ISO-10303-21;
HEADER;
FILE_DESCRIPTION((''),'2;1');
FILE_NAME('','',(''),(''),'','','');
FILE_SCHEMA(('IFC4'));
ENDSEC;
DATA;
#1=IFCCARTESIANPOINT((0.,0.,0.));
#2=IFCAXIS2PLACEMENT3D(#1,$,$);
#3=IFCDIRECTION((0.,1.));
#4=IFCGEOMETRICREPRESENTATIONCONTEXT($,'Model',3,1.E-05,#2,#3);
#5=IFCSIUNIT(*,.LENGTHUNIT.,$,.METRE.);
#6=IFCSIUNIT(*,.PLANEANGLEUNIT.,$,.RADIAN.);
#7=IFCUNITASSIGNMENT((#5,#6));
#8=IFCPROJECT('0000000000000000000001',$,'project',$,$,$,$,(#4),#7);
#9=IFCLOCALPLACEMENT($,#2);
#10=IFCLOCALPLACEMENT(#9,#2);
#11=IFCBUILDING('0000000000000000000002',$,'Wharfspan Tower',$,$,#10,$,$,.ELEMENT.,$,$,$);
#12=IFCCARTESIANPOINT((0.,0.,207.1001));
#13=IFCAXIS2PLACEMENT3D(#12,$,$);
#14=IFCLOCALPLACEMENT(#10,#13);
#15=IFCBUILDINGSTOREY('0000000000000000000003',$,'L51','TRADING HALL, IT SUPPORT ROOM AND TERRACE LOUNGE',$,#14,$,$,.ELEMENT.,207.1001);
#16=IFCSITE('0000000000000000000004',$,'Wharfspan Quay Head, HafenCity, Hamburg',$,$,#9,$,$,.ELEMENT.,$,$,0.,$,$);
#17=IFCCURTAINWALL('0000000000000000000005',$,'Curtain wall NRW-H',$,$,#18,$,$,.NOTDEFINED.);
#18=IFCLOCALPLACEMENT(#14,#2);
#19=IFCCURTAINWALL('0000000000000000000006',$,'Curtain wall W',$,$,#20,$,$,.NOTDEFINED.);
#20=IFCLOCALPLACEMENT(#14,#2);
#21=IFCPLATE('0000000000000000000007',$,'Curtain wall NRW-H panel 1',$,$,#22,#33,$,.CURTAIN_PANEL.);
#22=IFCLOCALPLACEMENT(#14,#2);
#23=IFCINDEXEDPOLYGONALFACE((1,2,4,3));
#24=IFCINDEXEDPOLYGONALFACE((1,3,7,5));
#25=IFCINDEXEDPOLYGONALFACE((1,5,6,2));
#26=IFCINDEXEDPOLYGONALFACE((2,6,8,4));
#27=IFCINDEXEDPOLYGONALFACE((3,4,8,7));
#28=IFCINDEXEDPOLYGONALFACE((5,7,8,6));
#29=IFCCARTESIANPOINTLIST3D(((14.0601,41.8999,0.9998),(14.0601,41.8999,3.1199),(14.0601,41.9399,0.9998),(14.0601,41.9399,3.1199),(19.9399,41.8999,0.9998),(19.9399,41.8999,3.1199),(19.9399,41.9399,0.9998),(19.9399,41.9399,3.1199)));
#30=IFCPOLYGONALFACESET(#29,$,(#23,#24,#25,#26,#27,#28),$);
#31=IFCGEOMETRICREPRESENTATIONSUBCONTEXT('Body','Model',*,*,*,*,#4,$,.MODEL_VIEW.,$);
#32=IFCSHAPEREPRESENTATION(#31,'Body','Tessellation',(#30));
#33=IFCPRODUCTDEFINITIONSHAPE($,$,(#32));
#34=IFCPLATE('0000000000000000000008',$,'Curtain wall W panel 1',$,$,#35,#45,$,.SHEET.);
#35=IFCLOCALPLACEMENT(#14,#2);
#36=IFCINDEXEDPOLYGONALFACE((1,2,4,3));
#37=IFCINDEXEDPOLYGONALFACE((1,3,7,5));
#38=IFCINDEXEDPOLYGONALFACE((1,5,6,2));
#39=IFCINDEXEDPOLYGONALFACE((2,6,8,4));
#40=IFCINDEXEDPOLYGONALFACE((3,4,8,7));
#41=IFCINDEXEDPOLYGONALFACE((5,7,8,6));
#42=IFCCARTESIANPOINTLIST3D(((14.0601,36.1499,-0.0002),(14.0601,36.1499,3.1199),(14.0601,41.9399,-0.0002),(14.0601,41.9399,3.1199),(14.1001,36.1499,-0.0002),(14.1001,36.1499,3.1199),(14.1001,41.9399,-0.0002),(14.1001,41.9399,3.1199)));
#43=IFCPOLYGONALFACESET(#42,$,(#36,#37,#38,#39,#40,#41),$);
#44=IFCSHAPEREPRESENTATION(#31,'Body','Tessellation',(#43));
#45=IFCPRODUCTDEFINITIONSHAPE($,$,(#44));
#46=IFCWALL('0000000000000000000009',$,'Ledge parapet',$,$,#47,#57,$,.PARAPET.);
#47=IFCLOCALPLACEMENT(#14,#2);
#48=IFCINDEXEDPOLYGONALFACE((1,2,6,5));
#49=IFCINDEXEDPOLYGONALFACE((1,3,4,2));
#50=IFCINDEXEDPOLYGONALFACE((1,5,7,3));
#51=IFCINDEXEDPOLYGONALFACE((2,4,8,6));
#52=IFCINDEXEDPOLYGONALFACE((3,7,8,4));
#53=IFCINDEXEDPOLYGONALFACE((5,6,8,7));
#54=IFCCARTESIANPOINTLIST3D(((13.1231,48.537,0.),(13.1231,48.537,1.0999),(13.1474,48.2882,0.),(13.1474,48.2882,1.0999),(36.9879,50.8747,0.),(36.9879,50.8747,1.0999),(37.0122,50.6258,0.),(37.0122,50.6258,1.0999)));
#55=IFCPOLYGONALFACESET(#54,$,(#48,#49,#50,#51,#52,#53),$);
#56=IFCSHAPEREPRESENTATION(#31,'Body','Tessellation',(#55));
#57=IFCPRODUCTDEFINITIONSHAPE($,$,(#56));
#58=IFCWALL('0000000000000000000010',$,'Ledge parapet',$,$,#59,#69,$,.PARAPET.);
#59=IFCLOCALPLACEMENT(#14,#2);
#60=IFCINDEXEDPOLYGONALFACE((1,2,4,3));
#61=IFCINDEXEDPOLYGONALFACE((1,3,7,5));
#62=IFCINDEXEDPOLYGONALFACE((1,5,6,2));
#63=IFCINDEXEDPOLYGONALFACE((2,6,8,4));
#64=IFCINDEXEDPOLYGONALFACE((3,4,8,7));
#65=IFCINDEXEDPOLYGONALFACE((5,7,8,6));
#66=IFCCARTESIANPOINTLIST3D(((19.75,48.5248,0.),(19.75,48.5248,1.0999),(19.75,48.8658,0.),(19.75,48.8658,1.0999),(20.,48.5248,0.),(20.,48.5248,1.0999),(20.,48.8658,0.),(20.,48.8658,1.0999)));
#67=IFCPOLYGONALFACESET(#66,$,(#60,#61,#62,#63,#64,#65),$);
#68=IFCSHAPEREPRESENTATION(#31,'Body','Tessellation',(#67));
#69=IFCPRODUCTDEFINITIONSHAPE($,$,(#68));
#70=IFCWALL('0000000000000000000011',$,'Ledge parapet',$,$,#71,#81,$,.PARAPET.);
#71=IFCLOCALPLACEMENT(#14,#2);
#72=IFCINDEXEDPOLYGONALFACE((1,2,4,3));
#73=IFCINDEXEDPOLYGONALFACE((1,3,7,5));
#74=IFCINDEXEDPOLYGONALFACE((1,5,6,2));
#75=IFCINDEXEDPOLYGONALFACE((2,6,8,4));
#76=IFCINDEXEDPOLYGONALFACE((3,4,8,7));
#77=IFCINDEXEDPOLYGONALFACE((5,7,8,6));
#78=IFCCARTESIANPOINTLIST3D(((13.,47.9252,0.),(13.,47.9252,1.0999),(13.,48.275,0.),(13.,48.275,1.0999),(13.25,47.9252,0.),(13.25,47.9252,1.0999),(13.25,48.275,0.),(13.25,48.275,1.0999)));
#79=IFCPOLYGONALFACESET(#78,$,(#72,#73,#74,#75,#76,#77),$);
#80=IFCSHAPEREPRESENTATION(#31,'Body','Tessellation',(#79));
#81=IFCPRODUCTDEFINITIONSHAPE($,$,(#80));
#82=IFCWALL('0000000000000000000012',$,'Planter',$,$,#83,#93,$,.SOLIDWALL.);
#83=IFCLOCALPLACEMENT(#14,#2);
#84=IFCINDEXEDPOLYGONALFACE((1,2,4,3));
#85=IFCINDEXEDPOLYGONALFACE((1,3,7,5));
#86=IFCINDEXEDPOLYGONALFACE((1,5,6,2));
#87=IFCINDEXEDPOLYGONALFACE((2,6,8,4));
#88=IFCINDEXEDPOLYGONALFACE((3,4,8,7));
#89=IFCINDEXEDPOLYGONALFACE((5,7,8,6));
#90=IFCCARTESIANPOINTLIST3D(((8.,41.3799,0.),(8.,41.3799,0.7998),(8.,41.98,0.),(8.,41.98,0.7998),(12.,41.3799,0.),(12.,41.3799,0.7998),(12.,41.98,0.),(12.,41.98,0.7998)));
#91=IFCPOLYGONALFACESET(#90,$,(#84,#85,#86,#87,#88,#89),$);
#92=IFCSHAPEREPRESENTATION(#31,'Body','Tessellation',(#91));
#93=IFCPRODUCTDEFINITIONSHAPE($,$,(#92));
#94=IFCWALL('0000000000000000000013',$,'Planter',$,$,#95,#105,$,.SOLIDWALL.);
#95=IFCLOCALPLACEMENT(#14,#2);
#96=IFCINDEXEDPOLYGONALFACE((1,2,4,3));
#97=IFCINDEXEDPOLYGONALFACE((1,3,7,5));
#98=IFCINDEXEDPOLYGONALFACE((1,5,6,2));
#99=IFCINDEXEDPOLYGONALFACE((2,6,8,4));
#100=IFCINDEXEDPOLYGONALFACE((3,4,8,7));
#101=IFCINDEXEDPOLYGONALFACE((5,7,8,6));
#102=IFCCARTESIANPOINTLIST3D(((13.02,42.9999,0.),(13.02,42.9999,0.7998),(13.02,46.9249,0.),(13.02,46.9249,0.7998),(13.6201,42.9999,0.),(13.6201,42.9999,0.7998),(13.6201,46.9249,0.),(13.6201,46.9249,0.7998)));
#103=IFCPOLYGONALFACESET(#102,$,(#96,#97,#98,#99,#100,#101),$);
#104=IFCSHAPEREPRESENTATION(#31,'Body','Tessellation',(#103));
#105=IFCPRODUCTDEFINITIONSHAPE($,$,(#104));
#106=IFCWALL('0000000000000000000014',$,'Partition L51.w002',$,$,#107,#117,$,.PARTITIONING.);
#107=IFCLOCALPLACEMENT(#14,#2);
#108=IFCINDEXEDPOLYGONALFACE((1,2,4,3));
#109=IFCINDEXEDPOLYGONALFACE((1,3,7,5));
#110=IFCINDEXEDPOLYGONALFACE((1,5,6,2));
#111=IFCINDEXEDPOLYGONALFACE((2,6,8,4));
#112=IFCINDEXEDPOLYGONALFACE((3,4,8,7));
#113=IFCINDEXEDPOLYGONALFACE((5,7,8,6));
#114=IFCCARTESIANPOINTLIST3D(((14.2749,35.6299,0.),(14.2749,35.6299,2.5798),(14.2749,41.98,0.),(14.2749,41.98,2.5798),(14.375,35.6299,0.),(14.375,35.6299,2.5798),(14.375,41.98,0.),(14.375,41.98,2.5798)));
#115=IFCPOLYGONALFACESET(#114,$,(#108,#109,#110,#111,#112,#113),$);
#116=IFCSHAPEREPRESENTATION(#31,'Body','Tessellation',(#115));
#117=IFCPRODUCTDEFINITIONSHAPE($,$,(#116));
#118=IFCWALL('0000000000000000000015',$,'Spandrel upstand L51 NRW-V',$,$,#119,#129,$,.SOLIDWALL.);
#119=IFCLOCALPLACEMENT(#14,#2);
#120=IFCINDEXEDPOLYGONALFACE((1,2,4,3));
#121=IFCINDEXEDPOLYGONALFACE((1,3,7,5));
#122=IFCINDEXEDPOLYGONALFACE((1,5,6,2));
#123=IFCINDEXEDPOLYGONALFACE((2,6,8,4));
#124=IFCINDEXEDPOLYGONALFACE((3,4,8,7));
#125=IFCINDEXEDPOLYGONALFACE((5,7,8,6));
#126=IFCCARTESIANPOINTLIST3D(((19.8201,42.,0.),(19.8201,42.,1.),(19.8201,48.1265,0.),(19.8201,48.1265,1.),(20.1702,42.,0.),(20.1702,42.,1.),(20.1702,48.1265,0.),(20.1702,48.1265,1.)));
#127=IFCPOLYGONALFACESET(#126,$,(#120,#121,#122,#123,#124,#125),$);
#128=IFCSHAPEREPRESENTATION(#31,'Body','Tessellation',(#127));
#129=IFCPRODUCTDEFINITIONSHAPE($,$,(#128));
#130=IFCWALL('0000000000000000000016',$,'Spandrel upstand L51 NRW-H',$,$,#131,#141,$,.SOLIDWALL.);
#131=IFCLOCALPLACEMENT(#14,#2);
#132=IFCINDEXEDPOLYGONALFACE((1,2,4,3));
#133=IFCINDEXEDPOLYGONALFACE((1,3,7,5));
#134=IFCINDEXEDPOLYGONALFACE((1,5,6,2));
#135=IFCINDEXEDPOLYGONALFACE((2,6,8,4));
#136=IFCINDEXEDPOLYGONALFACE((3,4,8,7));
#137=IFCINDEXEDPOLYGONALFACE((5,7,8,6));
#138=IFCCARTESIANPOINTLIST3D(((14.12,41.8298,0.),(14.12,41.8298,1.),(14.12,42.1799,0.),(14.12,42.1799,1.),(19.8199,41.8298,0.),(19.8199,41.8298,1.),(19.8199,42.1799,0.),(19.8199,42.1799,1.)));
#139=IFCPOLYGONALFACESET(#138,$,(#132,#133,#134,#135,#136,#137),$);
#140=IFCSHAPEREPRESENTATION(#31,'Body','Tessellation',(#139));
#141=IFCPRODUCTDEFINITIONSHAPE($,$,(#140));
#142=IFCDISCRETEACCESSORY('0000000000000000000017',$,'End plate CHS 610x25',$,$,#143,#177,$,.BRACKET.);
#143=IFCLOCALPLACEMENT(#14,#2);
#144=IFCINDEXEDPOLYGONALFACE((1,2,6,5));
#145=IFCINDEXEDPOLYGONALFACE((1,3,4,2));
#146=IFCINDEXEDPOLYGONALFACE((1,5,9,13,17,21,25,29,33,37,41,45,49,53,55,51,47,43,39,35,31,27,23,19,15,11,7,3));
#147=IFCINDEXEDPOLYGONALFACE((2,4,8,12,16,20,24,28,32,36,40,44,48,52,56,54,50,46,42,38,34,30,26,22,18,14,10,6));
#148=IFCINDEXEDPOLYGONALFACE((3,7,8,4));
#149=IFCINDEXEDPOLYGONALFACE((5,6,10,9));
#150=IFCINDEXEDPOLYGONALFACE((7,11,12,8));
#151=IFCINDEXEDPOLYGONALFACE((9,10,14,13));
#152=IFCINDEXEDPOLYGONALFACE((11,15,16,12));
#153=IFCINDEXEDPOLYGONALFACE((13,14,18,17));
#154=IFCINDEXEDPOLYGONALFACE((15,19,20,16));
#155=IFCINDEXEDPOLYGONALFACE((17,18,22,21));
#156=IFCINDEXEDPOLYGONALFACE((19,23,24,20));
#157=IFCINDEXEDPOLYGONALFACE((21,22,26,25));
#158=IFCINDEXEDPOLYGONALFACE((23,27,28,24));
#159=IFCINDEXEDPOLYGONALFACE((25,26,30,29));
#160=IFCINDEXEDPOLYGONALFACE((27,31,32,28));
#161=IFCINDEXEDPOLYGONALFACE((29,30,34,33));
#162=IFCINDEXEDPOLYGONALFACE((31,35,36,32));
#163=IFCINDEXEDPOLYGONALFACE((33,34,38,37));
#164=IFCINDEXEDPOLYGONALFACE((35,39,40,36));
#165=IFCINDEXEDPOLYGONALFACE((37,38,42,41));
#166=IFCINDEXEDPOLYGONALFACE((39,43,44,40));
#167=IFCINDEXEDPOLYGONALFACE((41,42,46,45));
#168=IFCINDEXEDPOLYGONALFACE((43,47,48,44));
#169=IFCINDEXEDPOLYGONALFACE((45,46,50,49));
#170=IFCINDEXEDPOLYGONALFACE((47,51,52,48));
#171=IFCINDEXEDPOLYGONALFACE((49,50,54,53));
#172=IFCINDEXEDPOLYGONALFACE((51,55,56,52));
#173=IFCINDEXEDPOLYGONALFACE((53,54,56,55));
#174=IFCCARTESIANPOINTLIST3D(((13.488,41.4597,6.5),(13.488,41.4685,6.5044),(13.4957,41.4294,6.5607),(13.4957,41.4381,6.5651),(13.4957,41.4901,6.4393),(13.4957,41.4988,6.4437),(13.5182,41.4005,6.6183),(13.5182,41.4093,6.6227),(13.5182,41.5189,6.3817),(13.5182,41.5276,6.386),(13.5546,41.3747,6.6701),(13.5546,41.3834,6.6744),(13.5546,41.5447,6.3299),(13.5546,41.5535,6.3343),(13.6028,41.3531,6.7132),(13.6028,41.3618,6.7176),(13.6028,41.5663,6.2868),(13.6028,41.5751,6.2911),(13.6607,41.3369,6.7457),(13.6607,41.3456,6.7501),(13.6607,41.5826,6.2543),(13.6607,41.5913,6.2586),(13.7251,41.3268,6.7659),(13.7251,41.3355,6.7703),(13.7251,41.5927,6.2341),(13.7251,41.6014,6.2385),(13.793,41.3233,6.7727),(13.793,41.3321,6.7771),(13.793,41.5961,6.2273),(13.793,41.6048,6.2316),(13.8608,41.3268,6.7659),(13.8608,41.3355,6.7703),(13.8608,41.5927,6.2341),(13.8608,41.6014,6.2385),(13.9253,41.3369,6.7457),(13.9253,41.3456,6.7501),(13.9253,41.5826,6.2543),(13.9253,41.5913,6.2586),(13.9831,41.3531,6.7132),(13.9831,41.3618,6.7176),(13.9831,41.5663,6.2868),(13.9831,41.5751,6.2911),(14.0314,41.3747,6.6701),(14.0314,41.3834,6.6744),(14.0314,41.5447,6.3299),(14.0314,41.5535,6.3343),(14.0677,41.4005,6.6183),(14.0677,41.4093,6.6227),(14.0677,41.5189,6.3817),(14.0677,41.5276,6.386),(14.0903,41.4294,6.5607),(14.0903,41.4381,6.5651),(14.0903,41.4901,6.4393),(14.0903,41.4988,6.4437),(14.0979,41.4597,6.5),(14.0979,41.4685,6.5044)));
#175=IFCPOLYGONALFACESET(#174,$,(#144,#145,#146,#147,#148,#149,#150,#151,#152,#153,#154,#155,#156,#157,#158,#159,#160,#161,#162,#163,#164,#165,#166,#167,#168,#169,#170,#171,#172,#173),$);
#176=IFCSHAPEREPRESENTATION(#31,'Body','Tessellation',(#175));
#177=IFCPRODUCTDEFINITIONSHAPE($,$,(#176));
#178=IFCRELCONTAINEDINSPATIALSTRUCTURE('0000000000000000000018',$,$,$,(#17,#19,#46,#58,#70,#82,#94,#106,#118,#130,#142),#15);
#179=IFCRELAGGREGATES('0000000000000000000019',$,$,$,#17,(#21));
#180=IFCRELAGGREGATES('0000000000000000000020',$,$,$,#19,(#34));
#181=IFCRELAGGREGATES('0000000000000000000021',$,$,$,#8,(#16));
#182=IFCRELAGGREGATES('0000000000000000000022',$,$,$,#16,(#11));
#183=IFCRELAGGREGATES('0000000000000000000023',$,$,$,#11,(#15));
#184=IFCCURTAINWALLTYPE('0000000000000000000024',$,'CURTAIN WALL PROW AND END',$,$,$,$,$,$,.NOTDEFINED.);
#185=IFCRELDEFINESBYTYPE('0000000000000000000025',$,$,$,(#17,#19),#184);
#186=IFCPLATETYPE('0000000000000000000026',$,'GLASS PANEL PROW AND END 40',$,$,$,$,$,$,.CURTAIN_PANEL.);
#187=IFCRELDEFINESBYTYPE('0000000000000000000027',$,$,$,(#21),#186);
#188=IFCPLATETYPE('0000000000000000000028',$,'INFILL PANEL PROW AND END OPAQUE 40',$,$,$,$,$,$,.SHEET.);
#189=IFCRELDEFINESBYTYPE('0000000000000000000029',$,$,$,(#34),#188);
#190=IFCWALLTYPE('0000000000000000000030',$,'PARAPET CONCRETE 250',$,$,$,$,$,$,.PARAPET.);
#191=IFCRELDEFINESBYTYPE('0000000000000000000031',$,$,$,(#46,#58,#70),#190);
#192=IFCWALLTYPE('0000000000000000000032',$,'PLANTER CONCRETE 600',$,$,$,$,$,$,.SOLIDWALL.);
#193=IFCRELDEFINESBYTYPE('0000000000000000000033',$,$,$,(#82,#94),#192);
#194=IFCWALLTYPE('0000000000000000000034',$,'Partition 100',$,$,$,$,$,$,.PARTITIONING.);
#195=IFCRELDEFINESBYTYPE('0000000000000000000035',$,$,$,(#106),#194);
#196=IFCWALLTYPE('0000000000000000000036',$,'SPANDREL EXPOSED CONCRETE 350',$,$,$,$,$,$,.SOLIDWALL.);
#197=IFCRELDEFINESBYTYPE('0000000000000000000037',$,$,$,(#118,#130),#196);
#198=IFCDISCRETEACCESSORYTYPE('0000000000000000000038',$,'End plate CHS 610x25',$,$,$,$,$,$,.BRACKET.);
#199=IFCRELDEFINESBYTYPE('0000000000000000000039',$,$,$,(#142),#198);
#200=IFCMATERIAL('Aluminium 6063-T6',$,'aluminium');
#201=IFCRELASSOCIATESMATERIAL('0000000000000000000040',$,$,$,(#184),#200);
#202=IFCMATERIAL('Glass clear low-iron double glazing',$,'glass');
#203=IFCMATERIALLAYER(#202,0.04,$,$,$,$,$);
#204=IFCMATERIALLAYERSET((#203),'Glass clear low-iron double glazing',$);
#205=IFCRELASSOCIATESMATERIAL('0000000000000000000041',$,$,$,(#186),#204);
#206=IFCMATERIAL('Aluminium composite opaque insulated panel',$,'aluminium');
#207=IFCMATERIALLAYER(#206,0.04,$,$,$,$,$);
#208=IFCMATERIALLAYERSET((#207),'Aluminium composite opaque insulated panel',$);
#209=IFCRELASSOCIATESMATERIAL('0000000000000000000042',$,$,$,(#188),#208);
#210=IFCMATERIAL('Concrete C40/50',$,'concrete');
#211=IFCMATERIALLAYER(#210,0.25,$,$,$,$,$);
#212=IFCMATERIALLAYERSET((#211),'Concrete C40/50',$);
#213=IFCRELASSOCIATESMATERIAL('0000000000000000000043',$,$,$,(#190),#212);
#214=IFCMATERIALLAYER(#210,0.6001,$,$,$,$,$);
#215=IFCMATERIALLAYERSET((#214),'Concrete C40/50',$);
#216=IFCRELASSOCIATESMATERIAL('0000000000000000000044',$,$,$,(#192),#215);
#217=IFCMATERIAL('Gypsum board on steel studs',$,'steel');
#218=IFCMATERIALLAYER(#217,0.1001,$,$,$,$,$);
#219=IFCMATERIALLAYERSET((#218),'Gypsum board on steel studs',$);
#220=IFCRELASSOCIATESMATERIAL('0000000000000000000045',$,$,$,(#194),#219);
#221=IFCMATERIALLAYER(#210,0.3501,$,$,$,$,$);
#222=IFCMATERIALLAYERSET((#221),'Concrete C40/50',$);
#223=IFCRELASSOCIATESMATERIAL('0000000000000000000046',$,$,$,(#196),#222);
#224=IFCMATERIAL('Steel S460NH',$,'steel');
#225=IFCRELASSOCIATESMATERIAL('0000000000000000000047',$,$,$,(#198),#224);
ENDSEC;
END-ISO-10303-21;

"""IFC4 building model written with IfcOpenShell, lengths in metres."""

from ifc_helpers import new_model, si_unit, direction, frame, frame_2d, origin, origin_2d, place, context, subcontext, project, spatial, rectangle, circle, extrude, material, layer, layer_set, material_profile, profile_set, type_object, element, aggregate, save


model = new_model("IFC4")

# Units and contexts
model_context = context("Model", 3, precision=1e-05, world=origin(), true_north=direction((0.0, 1.0)))
body_context = subcontext(model_context, "Body", "Model", "MODEL_VIEW")
ifc_project = project(units=[si_unit("LENGTHUNIT", "METRE"), si_unit("PLANEANGLEUNIT", "RADIAN")], contexts=[model_context])

# Site, building, storey
site_placement = place(None, origin())
site = spatial("IfcSite", under=ifc_project, at=site_placement, Name="Wharfspan Quay Head, HafenCity, Hamburg", CompositionType="ELEMENT", RefElevation=0.0)
building_placement = place(site_placement, origin())
building = spatial("IfcBuilding", under=site, at=building_placement, Name="Wharfspan Tower", CompositionType="ELEMENT")
storey_placement = place(building_placement, frame((0.0, 0.0, 207.1001)))
storey = spatial("IfcBuildingStorey", under=building, at=storey_placement, Name="L51", Description="TRADING HALL, IT SUPPORT ROOM AND TERRACE LOUNGE", CompositionType="ELEMENT", Elevation=207.1001)

# Curtain walls
ifc_material_1 = material(Name="Aluminium 6063-T6", Category="aluminium")
curtain_wall_type = type_object("IfcCurtainWallType", Name="CURTAIN WALL PROW AND END", PredefinedType="NOTDEFINED", material=ifc_material_1)
curtain_wall_1_placement = place(storey_placement, origin())
curtain_wall_1 = element("IfcCurtainWall", 1, at=curtain_wall_1_placement, inside=storey, type_object=curtain_wall_type, Name="Curtain wall NRW-H", PredefinedType="NOTDEFINED")
curtain_wall_2_placement = place(storey_placement, origin())
curtain_wall_2 = element("IfcCurtainWall", 2, at=curtain_wall_2_placement, inside=storey, type_object=curtain_wall_type, Name="Curtain wall W", PredefinedType="NOTDEFINED")

# Plates
ifc_material_2 = material(Name="Glass clear low-iron double glazing", Category="glass")
ifc_layer_1 = layer(ifc_material_2, 0.04)
ifc_layer_set_1 = layer_set([ifc_layer_1], Name="Glass clear low-iron double glazing")
plate_type_1 = type_object("IfcPlateType", Name="GLASS PANEL PROW AND END 40", PredefinedType="CURTAIN_PANEL", material=ifc_layer_set_1)
plate_1_placement = place(storey_placement, frame((17.0, 41.9199, 0.9998), z_axis=(0.0, 0.0, 1.0), x_axis=(-1.0, 0.0, 0.0)))
plate_1 = element("IfcPlate", 3, at=plate_1_placement, type_object=plate_type_1, Name="Curtain wall NRW-H panel 1", PredefinedType="CURTAIN_PANEL", context=body_context, shape_type="SweptSolid", body=[
    extrude(rectangle(XDim=5.8799, YDim=0.04, at=origin_2d()), origin(), (0.0, 0.0, 1.0), 2.1201),
])
aggregate(curtain_wall_1, [plate_1])
ifc_material_3 = material(Name="Aluminium composite opaque insulated panel", Category="aluminium")
ifc_layer_2 = layer(ifc_material_3, 0.04)
ifc_layer_set_2 = layer_set([ifc_layer_2], Name="Aluminium composite opaque insulated panel")
plate_type_2 = type_object("IfcPlateType", Name="INFILL PANEL PROW AND END OPAQUE 40", PredefinedType="SHEET", material=ifc_layer_set_2)
plate_2_placement = place(storey_placement, frame((14.0801, 39.0449, -0.0002), z_axis=(0.0, 0.0, 1.0), x_axis=(0.0, -1.0, 0.0)))
plate_2 = element("IfcPlate", 4, at=plate_2_placement, type_object=plate_type_2, Name="Curtain wall W panel 1", PredefinedType="SHEET", context=body_context, shape_type="SweptSolid", body=[
    extrude(rectangle(XDim=5.79, YDim=0.04, at=origin_2d()), origin(), (0.0, 0.0, 1.0), 3.1201),
])
aggregate(curtain_wall_2, [plate_2])

# Walls
ifc_material_4 = material(Name="Concrete C40/50", Category="concrete")
ifc_layer_3 = layer(ifc_material_4, 0.25)
ifc_layer_set_3 = layer_set([ifc_layer_3], Name="Concrete C40/50")
wall_type_1 = type_object("IfcWallType", Name="PARAPET CONCRETE 250", PredefinedType="PARAPET", material=ifc_layer_set_3)
wall_1_placement = place(storey_placement, frame((13.1353, 48.4126, 0.0), z_axis=(0.0, 0.0, 1.0), x_axis=(0.995233, 0.097487, 0.0)))
element("IfcWall", 5, at=wall_1_placement, inside=storey, type_object=wall_type_1, Name="Ledge parapet", PredefinedType="PARAPET", context=body_context, shape_type="SweptSolid", body=[
    extrude(rectangle(XDim=23.979, YDim=0.25, at=frame_2d((11.9895, 0.0))), origin(), (0.0, 0.0, 1.0), 1.0999),
])
wall_2_placement = place(storey_placement, frame((19.875, 48.5249, 0.0), z_axis=(0.0, 0.0, 1.0), x_axis=(0.0, 1.0, 0.0)))
element("IfcWall", 6, at=wall_2_placement, inside=storey, type_object=wall_type_1, Name="Ledge parapet", PredefinedType="PARAPET", context=body_context, shape_type="SweptSolid", body=[
    extrude(rectangle(XDim=0.3411, YDim=0.25, at=frame_2d((0.1704, 0.0))), origin(), (0.0, 0.0, 1.0), 1.0999),
])
wall_3_placement = place(storey_placement, frame((13.125, 48.2749, 0.0), z_axis=(0.0, 0.0, 1.0), x_axis=(0.0, -1.0, 0.0)))
element("IfcWall", 7, at=wall_3_placement, inside=storey, type_object=wall_type_1, Name="Ledge parapet", PredefinedType="PARAPET", context=body_context, shape_type="SweptSolid", body=[
    extrude(rectangle(XDim=0.3499, YDim=0.25, at=frame_2d((0.1748, 0.0))), origin(), (0.0, 0.0, 1.0), 1.0999),
])
ifc_layer_4 = layer(ifc_material_4, 0.6001)
ifc_layer_set_4 = layer_set([ifc_layer_4], Name="Concrete C40/50")
wall_type_2 = type_object("IfcWallType", Name="PLANTER CONCRETE 600", PredefinedType="SOLIDWALL", material=ifc_layer_set_4)
wall_4_placement = place(storey_placement, frame((8.0, 41.6799, 0.0), z_axis=(0.0, 0.0, 1.0), x_axis=(1.0, 0.0, 0.0)))
element("IfcWall", 8, at=wall_4_placement, inside=storey, type_object=wall_type_2, Name="Planter", PredefinedType="SOLIDWALL", context=body_context, shape_type="SweptSolid", body=[
    extrude(rectangle(XDim=4.0, YDim=0.6001, at=frame_2d((2.0, 0.0))), origin(), (0.0, 0.0, 1.0), 0.7998),
])
wall_5_placement = place(storey_placement, frame((13.3201, 43.0, 0.0), z_axis=(0.0, 0.0, 1.0), x_axis=(0.0, 1.0, 0.0)))
element("IfcWall", 9, at=wall_5_placement, inside=storey, type_object=wall_type_2, Name="Planter", PredefinedType="SOLIDWALL", context=body_context, shape_type="SweptSolid", body=[
    extrude(rectangle(XDim=3.925, YDim=0.6001, at=frame_2d((1.9624, 0.0))), origin(), (0.0, 0.0, 1.0), 0.7998),
])
ifc_material_5 = material(Name="Gypsum board on steel studs", Category="steel")
ifc_layer_5 = layer(ifc_material_5, 0.1001)
ifc_layer_set_5 = layer_set([ifc_layer_5], Name="Gypsum board on steel studs")
wall_type_3 = type_object("IfcWallType", Name="Partition 100", PredefinedType="PARTITIONING", material=ifc_layer_set_5)
wall_6_placement = place(storey_placement, frame((14.325, 41.98, 0.0), z_axis=(0.0, 0.0, 1.0), x_axis=(0.0, -1.0, 0.0)))
element("IfcWall", 10, at=wall_6_placement, inside=storey, type_object=wall_type_3, Name="Partition L51.w002", PredefinedType="PARTITIONING", context=body_context, shape_type="SweptSolid", body=[
    extrude(rectangle(XDim=6.3501, YDim=0.1001, at=frame_2d((3.175, 0.0))), origin(), (0.0, 0.0, 1.0), 2.5798),
])
ifc_layer_6 = layer(ifc_material_4, 0.3501)
ifc_layer_set_6 = layer_set([ifc_layer_6], Name="Concrete C40/50")
wall_type_4 = type_object("IfcWallType", Name="SPANDREL EXPOSED CONCRETE 350", PredefinedType="SOLIDWALL", material=ifc_layer_set_6)
wall_7_placement = place(storey_placement, frame((19.9951, 48.1265, 0.0), z_axis=(0.0, 0.0, 1.0), x_axis=(0.0, -1.0, 0.0)))
element("IfcWall", 11, at=wall_7_placement, inside=storey, type_object=wall_type_4, Name="Spandrel upstand L51 NRW-V", PredefinedType="SOLIDWALL", context=body_context, shape_type="SweptSolid", body=[
    extrude(rectangle(XDim=6.1265, YDim=0.3501, at=frame_2d((3.0632, 0.0))), origin(), (0.0, 0.0, 1.0), 1.0),
])
wall_8_placement = place(storey_placement, frame((19.8201, 42.0049, 0.0), z_axis=(0.0, 0.0, 1.0), x_axis=(-1.0, 0.0, 0.0)))
element("IfcWall", 12, at=wall_8_placement, inside=storey, type_object=wall_type_4, Name="Spandrel upstand L51 NRW-H", PredefinedType="SOLIDWALL", context=body_context, shape_type="SweptSolid", body=[
    extrude(rectangle(XDim=5.7, YDim=0.3501, at=frame_2d((2.8501, 0.0))), origin(), (0.0, 0.0, 1.0), 1.0),
])

# Discrete accessory
ifc_material_6 = material(Name="Steel S460NH", Category="steel")
ifc_material_profile_1 = material_profile(ifc_material_6, circle(Radius=0.3049, at=origin_2d()))
ifc_profile_set_1 = profile_set([ifc_material_profile_1], Name="Steel S460NH")
discrete_accessory_type = type_object("IfcDiscreteAccessoryType", Name="End plate CHS 610x25", PredefinedType="BRACKET", material=ifc_profile_set_1)
discrete_accessory_placement = place(storey_placement, frame((13.793, 41.4597, 6.5), z_axis=(0.0, 0.894427, 0.447214), x_axis=(-1.0, 0.0, 0.0)))
element("IfcDiscreteAccessory", 13, at=discrete_accessory_placement, inside=storey, type_object=discrete_accessory_type, Name="End plate CHS 610x25", PredefinedType="BRACKET", context=body_context, shape_type="SweptSolid", body=[
    extrude(circle(Radius=0.3049, at=origin_2d()), origin(), (0.0, 0.0, 1.0), 0.0098),
])

save(model, "model.ifc")
